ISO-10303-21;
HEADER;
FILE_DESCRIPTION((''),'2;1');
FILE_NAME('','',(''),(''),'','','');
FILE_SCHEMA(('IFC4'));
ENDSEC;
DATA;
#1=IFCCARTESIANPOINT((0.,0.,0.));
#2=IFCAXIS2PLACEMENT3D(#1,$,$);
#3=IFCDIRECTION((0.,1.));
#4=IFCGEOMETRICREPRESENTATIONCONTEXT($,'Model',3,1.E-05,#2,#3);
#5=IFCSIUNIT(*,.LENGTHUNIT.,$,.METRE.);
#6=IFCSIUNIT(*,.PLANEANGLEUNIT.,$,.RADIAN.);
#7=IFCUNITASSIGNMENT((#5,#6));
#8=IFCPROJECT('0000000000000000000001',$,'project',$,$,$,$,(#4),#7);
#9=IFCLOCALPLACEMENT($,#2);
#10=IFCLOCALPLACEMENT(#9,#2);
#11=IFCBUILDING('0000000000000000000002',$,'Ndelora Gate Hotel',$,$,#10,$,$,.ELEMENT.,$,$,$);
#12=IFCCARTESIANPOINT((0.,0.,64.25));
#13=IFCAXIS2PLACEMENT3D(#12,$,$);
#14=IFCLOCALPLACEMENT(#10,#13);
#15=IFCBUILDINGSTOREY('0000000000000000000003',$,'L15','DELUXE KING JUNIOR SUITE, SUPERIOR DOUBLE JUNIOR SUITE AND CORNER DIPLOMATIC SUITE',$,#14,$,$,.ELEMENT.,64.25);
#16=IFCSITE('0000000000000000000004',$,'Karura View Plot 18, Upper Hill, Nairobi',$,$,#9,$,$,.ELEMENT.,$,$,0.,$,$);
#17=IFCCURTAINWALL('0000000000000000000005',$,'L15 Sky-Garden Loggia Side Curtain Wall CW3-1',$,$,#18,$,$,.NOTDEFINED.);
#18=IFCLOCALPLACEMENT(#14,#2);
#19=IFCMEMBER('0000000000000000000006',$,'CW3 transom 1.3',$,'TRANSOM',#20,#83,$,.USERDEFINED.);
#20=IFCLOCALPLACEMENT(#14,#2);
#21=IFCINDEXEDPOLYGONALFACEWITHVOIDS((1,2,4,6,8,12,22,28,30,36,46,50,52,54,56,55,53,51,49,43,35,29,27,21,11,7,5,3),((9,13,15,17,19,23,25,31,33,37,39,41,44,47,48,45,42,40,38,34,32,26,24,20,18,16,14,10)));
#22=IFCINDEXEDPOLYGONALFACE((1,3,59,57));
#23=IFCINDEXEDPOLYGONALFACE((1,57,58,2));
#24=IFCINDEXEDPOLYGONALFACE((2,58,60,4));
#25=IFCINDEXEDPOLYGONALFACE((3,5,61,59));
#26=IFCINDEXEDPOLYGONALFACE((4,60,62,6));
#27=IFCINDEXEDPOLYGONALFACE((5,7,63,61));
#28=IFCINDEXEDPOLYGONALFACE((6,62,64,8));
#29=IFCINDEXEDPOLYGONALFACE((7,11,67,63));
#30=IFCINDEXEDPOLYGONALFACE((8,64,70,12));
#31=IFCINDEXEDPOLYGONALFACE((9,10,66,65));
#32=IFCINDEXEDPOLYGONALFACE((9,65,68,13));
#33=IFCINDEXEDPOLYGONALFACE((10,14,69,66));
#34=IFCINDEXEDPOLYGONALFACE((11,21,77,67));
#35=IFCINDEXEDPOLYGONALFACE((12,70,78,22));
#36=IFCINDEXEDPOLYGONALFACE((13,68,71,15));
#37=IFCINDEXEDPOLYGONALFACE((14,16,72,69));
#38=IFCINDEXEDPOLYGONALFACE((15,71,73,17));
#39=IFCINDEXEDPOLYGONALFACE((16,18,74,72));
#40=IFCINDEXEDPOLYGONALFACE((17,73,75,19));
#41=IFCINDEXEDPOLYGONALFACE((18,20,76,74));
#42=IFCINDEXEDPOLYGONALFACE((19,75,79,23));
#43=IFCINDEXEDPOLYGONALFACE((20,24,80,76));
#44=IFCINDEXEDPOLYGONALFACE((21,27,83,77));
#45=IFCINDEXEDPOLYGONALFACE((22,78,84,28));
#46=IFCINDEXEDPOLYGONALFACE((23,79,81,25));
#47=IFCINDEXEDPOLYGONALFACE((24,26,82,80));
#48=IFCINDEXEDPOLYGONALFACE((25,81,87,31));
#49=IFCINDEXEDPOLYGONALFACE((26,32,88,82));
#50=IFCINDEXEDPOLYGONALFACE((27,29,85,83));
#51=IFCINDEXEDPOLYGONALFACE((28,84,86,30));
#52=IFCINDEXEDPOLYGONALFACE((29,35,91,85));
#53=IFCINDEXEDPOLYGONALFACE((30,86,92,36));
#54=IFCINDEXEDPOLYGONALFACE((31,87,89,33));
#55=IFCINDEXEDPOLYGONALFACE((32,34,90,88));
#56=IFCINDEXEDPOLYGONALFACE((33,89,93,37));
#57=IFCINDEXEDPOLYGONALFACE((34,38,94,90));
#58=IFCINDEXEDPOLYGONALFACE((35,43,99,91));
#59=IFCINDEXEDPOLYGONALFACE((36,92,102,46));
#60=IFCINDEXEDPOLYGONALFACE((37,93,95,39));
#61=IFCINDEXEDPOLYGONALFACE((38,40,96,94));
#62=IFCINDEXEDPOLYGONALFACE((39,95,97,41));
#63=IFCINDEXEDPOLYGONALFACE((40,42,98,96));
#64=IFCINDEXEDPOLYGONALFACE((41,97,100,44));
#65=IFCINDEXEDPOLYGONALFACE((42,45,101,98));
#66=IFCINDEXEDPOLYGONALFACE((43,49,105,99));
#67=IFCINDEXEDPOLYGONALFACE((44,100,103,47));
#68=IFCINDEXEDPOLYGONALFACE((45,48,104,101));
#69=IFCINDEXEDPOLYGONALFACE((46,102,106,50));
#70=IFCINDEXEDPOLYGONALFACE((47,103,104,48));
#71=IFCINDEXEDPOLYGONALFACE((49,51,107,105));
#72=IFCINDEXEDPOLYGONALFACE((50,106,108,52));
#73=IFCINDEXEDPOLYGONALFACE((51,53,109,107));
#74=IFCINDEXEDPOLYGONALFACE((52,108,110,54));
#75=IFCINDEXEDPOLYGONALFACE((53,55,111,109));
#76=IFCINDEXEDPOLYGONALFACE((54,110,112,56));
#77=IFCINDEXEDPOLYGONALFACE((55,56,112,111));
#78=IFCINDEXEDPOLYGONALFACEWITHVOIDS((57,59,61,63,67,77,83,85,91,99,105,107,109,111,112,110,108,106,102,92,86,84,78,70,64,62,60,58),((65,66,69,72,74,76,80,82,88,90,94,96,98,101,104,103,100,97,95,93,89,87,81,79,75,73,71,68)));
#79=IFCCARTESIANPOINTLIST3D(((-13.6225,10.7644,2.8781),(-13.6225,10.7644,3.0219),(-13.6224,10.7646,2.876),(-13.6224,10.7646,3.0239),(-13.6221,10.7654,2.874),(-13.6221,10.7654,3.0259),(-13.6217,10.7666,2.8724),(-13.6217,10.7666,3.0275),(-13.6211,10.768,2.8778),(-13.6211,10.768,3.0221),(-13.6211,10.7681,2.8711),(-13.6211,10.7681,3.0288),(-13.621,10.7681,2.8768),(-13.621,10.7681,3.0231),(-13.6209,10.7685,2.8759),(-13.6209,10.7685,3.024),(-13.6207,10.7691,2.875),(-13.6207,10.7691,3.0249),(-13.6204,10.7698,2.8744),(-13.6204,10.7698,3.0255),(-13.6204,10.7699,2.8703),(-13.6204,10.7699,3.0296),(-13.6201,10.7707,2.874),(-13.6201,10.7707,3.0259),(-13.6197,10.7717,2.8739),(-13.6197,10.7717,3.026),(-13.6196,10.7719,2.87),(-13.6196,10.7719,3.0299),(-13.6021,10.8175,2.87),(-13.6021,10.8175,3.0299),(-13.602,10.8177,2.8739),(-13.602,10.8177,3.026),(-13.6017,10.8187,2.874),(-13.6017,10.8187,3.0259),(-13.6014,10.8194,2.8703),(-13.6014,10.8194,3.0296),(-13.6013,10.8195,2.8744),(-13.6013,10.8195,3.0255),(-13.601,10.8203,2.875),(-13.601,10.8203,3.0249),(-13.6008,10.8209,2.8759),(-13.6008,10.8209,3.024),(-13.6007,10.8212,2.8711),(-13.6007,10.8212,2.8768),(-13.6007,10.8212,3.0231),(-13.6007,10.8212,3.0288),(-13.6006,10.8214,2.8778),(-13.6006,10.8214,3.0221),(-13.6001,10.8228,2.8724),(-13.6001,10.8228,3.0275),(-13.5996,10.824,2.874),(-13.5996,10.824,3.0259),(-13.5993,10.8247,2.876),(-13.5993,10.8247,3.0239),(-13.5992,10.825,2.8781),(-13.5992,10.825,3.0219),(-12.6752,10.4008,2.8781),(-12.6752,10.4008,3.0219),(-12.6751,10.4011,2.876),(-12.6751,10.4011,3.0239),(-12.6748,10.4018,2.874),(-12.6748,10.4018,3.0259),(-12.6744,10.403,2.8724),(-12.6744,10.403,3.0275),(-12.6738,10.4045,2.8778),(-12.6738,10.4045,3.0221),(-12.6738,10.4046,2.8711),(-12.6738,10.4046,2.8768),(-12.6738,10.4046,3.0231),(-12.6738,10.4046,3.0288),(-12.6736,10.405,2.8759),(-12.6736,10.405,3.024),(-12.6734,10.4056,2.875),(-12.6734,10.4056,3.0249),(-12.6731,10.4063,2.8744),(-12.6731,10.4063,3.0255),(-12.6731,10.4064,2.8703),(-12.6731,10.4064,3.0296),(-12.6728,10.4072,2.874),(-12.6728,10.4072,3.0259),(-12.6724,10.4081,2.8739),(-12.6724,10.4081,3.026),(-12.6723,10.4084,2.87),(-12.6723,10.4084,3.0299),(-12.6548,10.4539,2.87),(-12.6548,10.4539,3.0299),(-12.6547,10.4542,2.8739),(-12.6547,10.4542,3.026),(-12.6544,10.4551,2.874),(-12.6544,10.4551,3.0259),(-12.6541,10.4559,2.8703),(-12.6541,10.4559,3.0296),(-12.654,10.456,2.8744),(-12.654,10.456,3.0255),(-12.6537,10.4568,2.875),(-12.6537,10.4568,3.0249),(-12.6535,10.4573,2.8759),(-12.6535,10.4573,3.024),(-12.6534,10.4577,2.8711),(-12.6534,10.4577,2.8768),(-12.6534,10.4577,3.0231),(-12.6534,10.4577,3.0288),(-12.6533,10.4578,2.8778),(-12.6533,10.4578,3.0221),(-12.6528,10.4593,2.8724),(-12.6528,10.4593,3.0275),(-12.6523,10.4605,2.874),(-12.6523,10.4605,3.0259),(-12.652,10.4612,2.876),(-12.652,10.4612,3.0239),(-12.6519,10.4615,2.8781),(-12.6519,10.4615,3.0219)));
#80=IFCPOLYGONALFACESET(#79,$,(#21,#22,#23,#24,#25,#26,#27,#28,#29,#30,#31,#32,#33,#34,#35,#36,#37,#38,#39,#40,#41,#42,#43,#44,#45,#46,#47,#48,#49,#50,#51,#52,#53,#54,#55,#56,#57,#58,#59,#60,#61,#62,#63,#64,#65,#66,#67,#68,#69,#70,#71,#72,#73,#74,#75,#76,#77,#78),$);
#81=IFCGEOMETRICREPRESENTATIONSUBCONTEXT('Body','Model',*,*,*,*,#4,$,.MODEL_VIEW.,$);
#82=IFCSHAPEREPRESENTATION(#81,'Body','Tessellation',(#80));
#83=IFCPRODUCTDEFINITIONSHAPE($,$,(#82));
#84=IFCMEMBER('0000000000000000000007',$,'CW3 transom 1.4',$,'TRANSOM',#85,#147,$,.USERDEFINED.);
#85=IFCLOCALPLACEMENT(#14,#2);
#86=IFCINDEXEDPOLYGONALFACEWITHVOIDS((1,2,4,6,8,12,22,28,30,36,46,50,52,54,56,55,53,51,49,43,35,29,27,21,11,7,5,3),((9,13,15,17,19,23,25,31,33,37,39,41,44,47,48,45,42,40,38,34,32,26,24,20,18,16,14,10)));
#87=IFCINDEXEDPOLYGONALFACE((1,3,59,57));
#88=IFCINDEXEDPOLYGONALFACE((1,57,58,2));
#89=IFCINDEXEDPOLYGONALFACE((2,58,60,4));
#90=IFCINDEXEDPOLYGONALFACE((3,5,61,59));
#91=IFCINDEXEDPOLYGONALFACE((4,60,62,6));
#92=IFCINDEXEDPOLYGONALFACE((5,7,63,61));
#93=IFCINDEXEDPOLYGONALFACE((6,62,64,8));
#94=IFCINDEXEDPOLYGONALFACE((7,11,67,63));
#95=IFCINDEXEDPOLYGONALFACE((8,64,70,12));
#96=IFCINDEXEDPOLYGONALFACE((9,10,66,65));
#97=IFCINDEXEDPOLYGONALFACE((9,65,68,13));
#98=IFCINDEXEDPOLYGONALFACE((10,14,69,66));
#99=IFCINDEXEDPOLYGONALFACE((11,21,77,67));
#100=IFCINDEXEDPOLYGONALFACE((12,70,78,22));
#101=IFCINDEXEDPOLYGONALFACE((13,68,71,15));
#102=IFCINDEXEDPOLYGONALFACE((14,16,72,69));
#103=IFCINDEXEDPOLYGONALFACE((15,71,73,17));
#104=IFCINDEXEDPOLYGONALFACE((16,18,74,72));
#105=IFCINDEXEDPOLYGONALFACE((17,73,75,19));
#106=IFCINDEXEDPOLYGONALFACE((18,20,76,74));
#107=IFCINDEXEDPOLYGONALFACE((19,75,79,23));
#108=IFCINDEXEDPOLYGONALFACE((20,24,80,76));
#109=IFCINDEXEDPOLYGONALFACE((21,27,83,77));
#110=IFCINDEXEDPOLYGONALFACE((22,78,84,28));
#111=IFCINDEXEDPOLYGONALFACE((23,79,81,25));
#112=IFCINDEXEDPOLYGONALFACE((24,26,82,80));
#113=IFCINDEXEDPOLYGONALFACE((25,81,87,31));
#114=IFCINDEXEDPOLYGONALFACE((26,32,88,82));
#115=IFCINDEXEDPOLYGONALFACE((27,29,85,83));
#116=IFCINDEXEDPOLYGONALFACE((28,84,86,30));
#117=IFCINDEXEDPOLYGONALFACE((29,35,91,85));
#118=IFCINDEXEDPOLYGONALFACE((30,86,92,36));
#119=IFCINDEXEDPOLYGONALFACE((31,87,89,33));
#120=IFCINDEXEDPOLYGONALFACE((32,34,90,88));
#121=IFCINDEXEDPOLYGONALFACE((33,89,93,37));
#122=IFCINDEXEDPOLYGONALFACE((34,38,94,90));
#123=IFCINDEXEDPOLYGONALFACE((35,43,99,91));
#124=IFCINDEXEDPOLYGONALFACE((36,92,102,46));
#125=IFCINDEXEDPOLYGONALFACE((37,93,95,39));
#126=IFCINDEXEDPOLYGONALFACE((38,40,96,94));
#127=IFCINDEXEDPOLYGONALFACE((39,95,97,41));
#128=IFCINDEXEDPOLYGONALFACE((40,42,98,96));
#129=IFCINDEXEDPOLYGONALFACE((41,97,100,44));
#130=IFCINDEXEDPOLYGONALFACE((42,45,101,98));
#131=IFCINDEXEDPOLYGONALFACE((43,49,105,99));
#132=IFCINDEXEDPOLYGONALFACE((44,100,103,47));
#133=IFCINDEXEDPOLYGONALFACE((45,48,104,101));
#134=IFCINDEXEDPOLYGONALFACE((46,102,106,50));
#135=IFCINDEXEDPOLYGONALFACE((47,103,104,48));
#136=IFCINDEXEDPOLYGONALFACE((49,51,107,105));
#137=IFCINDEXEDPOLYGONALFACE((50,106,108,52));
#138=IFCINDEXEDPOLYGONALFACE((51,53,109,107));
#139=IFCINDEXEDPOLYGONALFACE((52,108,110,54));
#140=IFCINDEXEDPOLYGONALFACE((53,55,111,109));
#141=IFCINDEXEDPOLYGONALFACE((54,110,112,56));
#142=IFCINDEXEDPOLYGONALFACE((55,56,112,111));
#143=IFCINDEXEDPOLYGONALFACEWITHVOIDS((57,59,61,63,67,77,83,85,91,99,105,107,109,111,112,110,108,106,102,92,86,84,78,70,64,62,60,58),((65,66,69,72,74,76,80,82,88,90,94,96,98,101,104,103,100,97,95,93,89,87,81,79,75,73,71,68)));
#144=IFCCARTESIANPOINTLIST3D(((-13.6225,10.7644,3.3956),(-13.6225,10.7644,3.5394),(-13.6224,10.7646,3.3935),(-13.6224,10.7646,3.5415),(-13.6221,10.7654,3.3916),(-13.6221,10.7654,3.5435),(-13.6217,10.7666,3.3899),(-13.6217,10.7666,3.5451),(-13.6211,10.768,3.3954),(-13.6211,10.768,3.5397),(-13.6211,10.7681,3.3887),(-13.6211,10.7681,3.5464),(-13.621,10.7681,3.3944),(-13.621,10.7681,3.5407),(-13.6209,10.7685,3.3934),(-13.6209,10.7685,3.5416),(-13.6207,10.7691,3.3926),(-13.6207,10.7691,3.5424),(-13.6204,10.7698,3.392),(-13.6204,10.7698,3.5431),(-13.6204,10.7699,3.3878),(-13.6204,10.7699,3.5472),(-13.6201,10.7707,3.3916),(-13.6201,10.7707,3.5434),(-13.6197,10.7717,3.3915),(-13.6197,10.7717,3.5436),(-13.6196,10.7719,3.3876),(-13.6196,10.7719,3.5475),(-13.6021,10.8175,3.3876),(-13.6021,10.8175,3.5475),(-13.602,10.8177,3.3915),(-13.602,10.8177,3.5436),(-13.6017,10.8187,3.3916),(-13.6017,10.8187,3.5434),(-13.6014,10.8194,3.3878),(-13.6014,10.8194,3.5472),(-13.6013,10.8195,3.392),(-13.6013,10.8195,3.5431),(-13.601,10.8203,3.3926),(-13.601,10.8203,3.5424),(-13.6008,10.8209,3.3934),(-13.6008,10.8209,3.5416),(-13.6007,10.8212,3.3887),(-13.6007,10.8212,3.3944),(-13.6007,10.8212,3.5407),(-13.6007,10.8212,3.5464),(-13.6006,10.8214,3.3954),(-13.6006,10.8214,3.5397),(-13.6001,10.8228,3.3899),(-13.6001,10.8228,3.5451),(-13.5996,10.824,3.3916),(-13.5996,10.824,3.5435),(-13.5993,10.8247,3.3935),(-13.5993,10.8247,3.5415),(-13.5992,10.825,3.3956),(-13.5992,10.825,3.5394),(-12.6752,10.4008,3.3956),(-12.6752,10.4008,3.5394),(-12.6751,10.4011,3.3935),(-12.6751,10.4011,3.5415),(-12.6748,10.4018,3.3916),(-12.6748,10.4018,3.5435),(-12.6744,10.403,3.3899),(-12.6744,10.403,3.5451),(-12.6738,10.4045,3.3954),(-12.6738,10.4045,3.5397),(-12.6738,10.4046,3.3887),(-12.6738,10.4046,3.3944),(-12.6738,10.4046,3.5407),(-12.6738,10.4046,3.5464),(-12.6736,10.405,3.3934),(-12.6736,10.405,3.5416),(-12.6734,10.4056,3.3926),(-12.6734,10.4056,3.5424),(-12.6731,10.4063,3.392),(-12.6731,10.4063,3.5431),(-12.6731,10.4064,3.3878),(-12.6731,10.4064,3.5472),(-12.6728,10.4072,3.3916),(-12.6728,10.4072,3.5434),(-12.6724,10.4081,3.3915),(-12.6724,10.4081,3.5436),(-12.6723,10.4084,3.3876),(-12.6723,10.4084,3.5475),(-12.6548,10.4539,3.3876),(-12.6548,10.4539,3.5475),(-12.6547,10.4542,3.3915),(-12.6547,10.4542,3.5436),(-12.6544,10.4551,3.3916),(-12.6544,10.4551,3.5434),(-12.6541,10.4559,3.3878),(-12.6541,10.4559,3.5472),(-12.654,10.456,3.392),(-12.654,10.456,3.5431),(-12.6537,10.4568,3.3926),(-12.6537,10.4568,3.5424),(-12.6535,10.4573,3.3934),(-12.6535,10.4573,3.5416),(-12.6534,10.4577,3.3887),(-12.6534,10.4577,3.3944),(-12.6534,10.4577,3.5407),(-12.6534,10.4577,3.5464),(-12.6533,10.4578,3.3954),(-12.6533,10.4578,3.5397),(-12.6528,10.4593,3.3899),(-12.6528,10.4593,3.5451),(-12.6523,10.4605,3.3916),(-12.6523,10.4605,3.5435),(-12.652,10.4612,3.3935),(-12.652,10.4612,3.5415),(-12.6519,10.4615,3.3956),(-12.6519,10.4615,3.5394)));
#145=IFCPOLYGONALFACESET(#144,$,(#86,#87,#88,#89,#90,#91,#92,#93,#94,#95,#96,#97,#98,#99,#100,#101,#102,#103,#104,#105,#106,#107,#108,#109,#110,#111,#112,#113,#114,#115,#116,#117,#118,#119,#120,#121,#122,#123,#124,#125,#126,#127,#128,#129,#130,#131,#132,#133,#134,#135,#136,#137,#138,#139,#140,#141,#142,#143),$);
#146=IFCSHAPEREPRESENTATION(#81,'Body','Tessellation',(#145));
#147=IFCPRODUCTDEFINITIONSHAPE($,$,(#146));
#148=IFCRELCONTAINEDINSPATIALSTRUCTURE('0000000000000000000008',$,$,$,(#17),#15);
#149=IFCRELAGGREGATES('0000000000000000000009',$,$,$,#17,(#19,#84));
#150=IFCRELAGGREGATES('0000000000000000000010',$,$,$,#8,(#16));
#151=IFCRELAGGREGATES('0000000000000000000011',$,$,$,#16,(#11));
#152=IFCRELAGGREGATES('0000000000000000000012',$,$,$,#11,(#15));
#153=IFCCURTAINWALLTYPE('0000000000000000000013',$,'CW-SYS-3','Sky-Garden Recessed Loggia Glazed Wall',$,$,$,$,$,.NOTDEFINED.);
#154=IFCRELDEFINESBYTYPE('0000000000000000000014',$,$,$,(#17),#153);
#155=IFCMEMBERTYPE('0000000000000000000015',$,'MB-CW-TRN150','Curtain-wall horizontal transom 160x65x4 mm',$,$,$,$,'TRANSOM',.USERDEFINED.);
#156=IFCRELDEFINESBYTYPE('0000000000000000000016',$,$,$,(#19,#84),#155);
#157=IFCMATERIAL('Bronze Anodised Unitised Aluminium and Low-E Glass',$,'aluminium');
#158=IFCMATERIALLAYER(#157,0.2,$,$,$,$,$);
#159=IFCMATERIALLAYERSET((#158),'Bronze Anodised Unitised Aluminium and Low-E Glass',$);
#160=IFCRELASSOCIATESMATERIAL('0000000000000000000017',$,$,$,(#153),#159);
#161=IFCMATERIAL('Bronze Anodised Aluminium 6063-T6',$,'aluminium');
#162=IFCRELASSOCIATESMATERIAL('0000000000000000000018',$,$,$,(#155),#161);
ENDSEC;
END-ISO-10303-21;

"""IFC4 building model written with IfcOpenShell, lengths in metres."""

from ifc_helpers import new_model, si_unit, direction, frame, origin, origin_2d, place, context, subcontext, project, spatial, hollow_rectangle, extrude, material, layer, layer_set, material_profile, profile_set, type_object, element, aggregate, save


model = new_model("IFC4")

# Units and contexts
model_context = context("Model", 3, precision=1e-05, world=origin(), true_north=direction((0.0, 1.0)))
body_context = subcontext(model_context, "Body", "Model", "MODEL_VIEW")
ifc_project = project(units=[si_unit("LENGTHUNIT", "METRE"), si_unit("PLANEANGLEUNIT", "RADIAN")], contexts=[model_context])

# Site, building, storey
site_placement = place(None, origin())
site = spatial("IfcSite", under=ifc_project, at=site_placement, Name="Karura View Plot 18, Upper Hill, Nairobi", CompositionType="ELEMENT", RefElevation=0.0)
building_placement = place(site_placement, origin())
building = spatial("IfcBuilding", under=site, at=building_placement, Name="Ndelora Gate Hotel", CompositionType="ELEMENT")
storey_placement = place(building_placement, frame((0.0, 0.0, 64.25)))
storey = spatial("IfcBuildingStorey", under=building, at=storey_placement, Name="L15", Description="DELUXE KING JUNIOR SUITE, SUPERIOR DOUBLE JUNIOR SUITE AND CORNER DIPLOMATIC SUITE", CompositionType="ELEMENT", Elevation=64.25)

# Curtain wall, members
ifc_material_1 = material(Name="Bronze Anodised Unitised Aluminium and Low-E Glass", Category="aluminium")
ifc_layer_1 = layer(ifc_material_1, 0.2)
ifc_layer_set_1 = layer_set([ifc_layer_1], Name="Bronze Anodised Unitised Aluminium and Low-E Glass")
curtain_wall_type = type_object("IfcCurtainWallType", Name="CW-SYS-3", Description="Sky-Garden Recessed Loggia Glazed Wall", PredefinedType="NOTDEFINED", material=ifc_layer_set_1)
curtain_wall_placement = place(storey_placement, origin())
curtain_wall = element("IfcCurtainWall", 1, at=curtain_wall_placement, inside=storey, type_object=curtain_wall_type, Name="L15 Sky-Garden Loggia Side Curtain Wall CW3-1", PredefinedType="NOTDEFINED")
ifc_material_2 = material(Name="Bronze Anodised Aluminium 6063-T6", Category="aluminium")
ifc_material_profile_1 = material_profile(ifc_material_2, hollow_rectangle(XDim=0.0649, YDim=0.1599, WallThickness=0.0039, InnerFilletRadius=0.0039, OuterFilletRadius=0.0081, at=origin_2d()), Name="ALU 160x65x4")
ifc_profile_set_1 = profile_set([ifc_material_profile_1], Name="Bronze Anodised Aluminium 6063-T6")
member_type_1 = type_object("IfcMemberType", Name="MB-CW-TRN150", Description="Curtain-wall horizontal transom 160x65x4 mm", ElementType="TRANSOM", PredefinedType="USERDEFINED", material=ifc_profile_set_1)
member_1_placement = place(storey_placement, frame((-12.6636, 10.4312, 2.95), z_axis=(-0.933612, 0.358286, 0.0), x_axis=(-0.358286, -0.933612, 0.0)))
member_1 = element("IfcMember", 2, at=member_1_placement, type_object=member_type_1, Name="CW3 transom 1.3", ObjectType="TRANSOM", PredefinedType="USERDEFINED", context=body_context, shape_type="SweptSolid", body=[
    extrude(hollow_rectangle(XDim=0.0649, YDim=0.1599, WallThickness=0.0039, InnerFilletRadius=0.0039, OuterFilletRadius=0.0081, at=origin_2d()), origin(), (0.0, 0.0, 1.0), 1.0146),
])
member_2_placement = place(storey_placement, frame((-12.6636, 10.4312, 3.4675), z_axis=(-0.933612, 0.358286, 0.0), x_axis=(-0.358286, -0.933612, 0.0)))
member_2 = element("IfcMember", 3, at=member_2_placement, type_object=member_type_1, Name="CW3 transom 1.4", ObjectType="TRANSOM", PredefinedType="USERDEFINED", context=body_context, shape_type="SweptSolid", body=[
    extrude(hollow_rectangle(XDim=0.0649, YDim=0.1599, WallThickness=0.0039, InnerFilletRadius=0.0039, OuterFilletRadius=0.0081, at=origin_2d()), origin(), (0.0, 0.0, 1.0), 1.0146),
])
aggregate(curtain_wall, [member_1, member_2])

save(model, "model.ifc")
